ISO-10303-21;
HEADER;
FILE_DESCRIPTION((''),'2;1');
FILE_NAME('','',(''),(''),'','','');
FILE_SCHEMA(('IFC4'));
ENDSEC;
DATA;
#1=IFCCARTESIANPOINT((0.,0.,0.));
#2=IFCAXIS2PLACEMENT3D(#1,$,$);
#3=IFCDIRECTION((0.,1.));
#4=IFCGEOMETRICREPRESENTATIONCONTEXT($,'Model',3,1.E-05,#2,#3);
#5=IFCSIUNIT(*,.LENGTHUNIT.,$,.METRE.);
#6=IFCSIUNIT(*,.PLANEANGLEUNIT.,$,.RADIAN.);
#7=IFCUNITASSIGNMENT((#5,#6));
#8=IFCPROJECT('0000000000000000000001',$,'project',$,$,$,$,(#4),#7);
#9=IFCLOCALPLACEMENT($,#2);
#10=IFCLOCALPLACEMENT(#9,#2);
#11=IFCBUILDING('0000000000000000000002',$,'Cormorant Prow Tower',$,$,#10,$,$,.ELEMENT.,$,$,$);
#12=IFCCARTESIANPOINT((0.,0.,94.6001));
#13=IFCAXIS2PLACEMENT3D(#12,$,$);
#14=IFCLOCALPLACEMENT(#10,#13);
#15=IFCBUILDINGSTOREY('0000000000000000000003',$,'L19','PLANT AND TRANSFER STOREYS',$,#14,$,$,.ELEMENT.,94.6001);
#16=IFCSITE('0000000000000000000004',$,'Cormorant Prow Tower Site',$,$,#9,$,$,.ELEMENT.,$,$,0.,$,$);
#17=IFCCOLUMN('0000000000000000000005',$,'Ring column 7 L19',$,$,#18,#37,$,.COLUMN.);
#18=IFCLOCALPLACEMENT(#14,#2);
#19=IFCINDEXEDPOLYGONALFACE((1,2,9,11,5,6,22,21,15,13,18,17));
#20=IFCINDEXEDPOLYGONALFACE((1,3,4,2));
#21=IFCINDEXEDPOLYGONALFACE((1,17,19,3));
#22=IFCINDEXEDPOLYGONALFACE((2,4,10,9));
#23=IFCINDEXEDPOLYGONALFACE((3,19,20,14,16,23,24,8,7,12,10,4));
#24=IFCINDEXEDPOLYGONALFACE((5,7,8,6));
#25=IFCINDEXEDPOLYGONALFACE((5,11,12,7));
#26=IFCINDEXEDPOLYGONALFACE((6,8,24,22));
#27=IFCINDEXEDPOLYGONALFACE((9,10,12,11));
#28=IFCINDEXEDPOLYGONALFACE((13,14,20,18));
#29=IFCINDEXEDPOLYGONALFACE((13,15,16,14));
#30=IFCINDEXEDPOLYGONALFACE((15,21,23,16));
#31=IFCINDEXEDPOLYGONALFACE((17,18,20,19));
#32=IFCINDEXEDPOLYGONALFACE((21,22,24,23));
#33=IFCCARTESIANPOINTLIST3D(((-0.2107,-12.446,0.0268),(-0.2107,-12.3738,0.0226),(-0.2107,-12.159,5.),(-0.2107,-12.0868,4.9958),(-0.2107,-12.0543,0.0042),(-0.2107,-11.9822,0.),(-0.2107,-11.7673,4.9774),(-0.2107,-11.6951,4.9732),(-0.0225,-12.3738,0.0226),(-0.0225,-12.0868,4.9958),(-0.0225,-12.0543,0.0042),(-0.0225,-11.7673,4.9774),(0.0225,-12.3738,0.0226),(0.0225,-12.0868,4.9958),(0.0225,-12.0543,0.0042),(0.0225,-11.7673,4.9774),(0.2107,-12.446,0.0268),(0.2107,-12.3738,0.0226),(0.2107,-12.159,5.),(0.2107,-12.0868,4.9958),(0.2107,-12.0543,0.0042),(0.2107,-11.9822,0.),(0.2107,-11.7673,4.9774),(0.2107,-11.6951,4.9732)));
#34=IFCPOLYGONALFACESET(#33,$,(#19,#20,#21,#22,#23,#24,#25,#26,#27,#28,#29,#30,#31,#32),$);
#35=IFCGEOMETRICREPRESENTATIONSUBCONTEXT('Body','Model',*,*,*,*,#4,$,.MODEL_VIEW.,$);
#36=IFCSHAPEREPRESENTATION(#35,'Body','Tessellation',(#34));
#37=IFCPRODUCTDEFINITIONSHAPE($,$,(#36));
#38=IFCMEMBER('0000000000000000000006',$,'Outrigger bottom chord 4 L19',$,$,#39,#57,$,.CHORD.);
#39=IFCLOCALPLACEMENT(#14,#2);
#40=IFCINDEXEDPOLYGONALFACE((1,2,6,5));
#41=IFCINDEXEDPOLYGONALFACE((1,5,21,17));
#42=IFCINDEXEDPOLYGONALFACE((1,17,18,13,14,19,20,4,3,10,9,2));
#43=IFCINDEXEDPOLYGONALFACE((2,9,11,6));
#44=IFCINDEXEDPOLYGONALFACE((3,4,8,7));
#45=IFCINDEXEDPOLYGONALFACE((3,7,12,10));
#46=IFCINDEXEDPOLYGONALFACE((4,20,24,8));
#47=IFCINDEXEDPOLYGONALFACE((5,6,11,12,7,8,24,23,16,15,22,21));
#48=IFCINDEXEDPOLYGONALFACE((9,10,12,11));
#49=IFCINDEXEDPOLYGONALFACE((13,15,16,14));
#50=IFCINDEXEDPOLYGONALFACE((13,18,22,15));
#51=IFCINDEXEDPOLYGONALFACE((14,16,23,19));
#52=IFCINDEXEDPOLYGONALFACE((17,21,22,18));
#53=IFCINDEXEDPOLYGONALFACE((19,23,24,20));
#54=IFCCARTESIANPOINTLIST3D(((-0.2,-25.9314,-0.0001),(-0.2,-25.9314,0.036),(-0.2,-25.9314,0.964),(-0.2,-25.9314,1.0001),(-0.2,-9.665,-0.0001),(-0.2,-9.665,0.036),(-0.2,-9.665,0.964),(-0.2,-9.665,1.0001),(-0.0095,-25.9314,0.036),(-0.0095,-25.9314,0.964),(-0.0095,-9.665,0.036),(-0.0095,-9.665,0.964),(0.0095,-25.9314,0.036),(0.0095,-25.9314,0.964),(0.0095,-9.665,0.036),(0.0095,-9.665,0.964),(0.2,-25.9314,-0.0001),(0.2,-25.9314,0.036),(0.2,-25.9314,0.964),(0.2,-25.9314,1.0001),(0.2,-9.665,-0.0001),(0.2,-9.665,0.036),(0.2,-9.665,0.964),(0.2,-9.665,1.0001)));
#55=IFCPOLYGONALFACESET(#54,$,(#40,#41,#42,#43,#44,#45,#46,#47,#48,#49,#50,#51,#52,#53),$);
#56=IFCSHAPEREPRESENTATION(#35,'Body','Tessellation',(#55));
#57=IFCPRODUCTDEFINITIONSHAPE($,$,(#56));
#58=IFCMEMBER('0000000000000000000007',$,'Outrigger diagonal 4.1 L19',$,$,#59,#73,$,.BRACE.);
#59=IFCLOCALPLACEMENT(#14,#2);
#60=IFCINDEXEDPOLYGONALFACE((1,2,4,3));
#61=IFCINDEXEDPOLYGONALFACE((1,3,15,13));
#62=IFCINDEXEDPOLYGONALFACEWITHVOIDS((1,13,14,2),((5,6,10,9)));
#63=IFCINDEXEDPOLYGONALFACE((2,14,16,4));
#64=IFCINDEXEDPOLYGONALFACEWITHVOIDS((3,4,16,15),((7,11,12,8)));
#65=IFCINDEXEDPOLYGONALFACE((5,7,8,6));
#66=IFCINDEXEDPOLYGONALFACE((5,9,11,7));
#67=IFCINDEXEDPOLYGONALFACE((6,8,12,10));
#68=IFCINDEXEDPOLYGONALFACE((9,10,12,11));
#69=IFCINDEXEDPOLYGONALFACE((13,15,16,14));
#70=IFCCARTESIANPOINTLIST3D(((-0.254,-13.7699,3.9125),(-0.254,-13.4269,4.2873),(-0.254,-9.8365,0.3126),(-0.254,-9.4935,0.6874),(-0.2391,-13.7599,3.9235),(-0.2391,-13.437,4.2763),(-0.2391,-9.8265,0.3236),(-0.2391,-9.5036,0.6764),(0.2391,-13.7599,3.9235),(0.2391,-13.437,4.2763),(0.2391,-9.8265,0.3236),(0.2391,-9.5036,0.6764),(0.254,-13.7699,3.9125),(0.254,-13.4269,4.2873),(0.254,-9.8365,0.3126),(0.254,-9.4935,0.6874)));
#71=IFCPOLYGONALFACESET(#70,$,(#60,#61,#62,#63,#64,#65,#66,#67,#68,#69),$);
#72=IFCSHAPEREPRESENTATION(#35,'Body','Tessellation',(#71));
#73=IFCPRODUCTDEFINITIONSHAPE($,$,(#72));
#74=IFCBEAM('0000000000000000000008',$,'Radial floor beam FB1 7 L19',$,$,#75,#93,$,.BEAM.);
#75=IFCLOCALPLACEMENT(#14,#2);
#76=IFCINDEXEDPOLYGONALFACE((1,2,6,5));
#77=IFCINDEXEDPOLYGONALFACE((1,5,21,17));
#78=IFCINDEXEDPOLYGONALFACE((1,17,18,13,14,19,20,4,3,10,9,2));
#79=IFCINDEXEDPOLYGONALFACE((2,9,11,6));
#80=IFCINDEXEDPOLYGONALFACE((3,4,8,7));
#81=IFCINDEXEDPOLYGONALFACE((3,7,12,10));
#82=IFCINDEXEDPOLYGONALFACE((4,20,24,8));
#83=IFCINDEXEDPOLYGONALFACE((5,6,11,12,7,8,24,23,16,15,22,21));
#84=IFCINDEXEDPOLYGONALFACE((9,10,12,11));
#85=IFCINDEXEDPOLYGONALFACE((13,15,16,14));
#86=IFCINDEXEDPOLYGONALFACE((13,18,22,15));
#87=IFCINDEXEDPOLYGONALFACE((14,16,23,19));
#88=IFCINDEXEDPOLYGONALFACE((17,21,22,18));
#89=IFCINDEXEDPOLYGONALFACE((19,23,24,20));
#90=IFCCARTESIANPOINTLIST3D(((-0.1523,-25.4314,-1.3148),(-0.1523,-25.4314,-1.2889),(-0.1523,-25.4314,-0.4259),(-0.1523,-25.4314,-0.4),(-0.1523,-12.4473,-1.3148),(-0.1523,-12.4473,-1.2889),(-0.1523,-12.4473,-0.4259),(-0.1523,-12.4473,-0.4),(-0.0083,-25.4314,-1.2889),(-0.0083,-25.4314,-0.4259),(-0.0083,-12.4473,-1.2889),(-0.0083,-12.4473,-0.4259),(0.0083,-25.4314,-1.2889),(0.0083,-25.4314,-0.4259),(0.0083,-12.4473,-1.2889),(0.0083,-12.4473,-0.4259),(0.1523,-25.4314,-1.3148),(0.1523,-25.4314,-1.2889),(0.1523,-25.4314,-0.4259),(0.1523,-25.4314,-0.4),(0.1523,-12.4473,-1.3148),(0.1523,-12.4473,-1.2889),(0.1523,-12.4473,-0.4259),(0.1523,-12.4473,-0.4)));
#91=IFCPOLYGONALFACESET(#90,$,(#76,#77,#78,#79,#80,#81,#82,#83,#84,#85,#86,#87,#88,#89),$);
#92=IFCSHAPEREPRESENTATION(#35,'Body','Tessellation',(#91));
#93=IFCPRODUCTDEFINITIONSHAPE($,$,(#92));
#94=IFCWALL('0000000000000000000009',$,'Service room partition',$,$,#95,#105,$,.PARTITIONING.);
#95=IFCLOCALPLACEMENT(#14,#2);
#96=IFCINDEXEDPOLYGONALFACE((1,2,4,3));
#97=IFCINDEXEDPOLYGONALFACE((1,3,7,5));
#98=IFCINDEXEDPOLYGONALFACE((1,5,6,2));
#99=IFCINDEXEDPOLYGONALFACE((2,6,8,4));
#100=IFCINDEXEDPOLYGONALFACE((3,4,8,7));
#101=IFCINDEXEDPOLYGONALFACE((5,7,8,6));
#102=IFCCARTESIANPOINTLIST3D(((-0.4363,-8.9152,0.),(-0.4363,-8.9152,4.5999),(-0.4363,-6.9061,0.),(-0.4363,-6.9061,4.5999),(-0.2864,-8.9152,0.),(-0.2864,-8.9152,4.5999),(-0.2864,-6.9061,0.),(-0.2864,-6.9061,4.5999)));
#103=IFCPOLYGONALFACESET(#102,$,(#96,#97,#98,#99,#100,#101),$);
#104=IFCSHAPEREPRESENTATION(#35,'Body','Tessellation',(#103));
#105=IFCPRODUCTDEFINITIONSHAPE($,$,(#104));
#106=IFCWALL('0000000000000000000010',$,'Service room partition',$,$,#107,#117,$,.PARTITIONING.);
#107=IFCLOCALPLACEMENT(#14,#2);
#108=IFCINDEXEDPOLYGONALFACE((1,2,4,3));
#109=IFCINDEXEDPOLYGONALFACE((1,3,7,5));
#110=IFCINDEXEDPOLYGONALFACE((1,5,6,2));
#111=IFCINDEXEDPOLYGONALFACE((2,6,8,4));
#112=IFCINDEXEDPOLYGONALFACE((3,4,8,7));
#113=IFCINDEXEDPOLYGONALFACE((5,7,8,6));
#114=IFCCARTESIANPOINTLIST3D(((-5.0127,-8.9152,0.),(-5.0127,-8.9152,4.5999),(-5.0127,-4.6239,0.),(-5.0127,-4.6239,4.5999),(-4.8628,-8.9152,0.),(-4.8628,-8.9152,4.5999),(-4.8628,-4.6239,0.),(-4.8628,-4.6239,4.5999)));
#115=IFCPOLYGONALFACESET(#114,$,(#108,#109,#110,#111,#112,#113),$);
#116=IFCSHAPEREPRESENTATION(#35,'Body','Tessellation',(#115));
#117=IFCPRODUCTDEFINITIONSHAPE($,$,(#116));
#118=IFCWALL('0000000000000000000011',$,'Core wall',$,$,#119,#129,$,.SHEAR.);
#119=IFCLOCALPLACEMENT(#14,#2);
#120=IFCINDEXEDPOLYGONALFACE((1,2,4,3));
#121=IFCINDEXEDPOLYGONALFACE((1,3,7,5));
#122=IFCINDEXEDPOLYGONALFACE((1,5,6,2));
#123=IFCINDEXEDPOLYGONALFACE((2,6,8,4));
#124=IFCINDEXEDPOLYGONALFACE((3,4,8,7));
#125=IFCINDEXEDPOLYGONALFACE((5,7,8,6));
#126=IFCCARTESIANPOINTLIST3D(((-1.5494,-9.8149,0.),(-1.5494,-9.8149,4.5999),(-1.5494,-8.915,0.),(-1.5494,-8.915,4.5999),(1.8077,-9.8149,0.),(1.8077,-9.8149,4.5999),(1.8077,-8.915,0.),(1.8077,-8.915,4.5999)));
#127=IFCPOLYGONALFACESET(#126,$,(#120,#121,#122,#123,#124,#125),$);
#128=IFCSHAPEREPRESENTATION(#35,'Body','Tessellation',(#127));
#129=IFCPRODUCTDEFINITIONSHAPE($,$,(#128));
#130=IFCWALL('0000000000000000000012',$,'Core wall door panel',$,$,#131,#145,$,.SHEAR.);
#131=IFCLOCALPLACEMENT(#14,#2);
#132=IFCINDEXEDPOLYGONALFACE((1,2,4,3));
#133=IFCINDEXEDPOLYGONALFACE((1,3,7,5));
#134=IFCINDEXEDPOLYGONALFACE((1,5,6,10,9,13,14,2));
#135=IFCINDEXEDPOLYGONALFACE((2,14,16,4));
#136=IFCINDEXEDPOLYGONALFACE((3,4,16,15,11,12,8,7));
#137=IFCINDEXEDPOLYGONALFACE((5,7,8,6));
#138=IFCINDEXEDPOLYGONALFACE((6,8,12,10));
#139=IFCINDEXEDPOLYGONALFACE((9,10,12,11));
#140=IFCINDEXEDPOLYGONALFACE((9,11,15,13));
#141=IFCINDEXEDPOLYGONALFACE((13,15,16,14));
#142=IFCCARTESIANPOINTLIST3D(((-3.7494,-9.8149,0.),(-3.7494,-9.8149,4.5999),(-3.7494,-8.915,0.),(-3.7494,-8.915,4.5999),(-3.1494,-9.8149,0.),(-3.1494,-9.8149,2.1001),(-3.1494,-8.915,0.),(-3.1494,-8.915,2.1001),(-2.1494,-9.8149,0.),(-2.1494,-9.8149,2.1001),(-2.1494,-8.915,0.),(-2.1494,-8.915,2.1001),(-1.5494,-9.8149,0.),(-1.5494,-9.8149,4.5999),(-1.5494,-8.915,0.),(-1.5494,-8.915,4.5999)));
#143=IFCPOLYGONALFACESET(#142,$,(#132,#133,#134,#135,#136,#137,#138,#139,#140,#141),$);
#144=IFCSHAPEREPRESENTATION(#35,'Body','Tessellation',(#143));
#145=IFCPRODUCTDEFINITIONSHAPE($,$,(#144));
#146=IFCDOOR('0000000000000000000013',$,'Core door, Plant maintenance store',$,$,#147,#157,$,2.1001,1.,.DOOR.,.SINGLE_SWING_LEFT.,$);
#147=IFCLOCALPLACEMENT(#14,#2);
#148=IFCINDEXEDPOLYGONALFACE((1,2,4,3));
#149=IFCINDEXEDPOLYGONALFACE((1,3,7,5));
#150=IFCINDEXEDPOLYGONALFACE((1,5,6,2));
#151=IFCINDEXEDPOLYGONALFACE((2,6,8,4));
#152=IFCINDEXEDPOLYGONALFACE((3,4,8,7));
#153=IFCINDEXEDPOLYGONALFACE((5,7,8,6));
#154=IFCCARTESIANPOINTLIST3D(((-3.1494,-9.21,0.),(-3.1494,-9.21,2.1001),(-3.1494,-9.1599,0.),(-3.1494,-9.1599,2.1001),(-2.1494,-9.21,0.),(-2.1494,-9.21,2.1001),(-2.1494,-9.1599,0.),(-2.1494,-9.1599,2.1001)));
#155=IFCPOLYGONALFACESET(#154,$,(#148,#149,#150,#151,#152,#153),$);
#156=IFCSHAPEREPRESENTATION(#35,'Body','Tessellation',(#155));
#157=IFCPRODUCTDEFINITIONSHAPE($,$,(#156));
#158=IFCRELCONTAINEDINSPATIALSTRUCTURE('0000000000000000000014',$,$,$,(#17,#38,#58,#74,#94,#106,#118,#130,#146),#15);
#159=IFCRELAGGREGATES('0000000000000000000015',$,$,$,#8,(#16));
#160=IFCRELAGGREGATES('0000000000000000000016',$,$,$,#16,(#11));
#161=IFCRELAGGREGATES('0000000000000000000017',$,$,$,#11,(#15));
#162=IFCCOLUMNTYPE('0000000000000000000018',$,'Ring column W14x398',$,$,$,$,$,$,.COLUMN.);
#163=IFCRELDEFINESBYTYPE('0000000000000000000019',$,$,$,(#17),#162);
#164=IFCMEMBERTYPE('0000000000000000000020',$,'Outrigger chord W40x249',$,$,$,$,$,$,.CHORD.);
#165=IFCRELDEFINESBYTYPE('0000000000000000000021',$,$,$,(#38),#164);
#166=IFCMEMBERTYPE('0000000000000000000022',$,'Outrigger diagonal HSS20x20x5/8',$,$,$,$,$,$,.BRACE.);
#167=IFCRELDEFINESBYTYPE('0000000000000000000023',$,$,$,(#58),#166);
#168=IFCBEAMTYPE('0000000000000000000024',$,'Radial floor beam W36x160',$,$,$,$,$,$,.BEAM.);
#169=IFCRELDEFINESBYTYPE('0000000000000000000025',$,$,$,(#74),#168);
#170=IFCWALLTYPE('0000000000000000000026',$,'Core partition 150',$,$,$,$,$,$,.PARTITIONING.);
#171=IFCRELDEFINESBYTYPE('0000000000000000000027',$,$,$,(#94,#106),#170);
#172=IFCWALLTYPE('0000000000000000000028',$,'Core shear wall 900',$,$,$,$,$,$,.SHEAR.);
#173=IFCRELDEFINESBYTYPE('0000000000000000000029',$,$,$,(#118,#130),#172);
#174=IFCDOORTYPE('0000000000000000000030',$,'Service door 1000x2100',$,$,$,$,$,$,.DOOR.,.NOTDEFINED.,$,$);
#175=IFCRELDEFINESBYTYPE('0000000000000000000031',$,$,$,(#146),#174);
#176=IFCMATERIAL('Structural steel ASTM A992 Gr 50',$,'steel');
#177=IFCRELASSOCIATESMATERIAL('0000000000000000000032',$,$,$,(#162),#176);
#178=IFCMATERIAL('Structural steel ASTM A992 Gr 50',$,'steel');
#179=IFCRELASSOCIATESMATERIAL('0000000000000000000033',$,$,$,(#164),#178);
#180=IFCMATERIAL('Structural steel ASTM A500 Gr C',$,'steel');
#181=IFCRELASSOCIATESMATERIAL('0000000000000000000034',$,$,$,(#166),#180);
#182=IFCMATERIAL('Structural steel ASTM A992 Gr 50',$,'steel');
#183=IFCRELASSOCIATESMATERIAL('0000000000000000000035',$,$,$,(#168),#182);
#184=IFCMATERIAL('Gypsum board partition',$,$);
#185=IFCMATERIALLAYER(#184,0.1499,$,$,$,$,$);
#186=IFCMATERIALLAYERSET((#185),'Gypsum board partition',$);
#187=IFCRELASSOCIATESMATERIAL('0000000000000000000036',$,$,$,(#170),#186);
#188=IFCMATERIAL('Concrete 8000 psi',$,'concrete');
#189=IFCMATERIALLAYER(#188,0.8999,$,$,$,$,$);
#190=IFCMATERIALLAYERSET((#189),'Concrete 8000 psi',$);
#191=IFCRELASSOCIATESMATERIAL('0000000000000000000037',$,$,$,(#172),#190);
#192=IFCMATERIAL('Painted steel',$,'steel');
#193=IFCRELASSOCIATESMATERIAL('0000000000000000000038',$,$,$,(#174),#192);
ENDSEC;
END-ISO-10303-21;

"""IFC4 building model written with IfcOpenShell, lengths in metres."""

from ifc_helpers import new_model, si_unit, direction, frame, frame_2d, origin, origin_2d, place, context, subcontext, project, spatial, rectangle, hollow_rectangle, i_section, extrude, material, layer, layer_set, material_profile, profile_set, type_object, element, fill, save


model = new_model("IFC4")

# Units and contexts
model_context = context("Model", 3, precision=1e-05, world=origin(), true_north=direction((0.0, 1.0)))
body_context = subcontext(model_context, "Body", "Model", "MODEL_VIEW")
ifc_project = project(units=[si_unit("LENGTHUNIT", "METRE"), si_unit("PLANEANGLEUNIT", "RADIAN")], contexts=[model_context])

# Site, building, storey
site_placement = place(None, origin())
site = spatial("IfcSite", under=ifc_project, at=site_placement, Name="Cormorant Prow Tower Site", CompositionType="ELEMENT", RefElevation=0.0)
building_placement = place(site_placement, origin())
building = spatial("IfcBuilding", under=site, at=building_placement, Name="Cormorant Prow Tower", CompositionType="ELEMENT")
storey_placement = place(building_placement, frame((0.0, 0.0, 94.6001)))
storey = spatial("IfcBuildingStorey", under=building, at=storey_placement, Name="L19", Description="PLANT AND TRANSFER STOREYS", CompositionType="ELEMENT", Elevation=94.6001)

# Column
ifc_material_1 = material(Name="Structural steel ASTM A992 Gr 50", Category="steel")
ifc_material_profile_1 = material_profile(ifc_material_1, i_section(OverallWidth=0.4214, OverallDepth=0.4646, WebThickness=0.0449, FlangeThickness=0.0723, at=origin_2d()), Name="W14x398")
ifc_profile_set_1 = profile_set([ifc_material_profile_1], Name="Structural steel ASTM A992 Gr 50")
column_type = type_object("IfcColumnType", Name="Ring column W14x398", PredefinedType="COLUMN", material=ifc_profile_set_1)
column_placement = place(storey_placement, frame((0.0, -12.2148, 0.0), z_axis=(0.0, 0.057619, 0.998339), x_axis=(-1.0, 0.0, 0.0)))
element("IfcColumn", 1, at=column_placement, inside=storey, type_object=column_type, Name="Ring column 7 L19", PredefinedType="COLUMN", context=body_context, shape_type="SweptSolid", body=[
    extrude(i_section(OverallWidth=0.4214, OverallDepth=0.4646, WebThickness=0.0449, FlangeThickness=0.0723, at=origin_2d()), frame((0.0, 0.0, 0.0134)), (0.0, 0.0, 1.0), 4.9814),
])

# Members
ifc_material_2 = material(Name="Structural steel ASTM A992 Gr 50", Category="steel")
ifc_material_profile_2 = material_profile(ifc_material_2, i_section(OverallWidth=0.3999, OverallDepth=1.0002, WebThickness=0.019, FlangeThickness=0.0361, at=origin_2d()), Name="W40x249")
ifc_profile_set_2 = profile_set([ifc_material_profile_2], Name="Structural steel ASTM A992 Gr 50")
member_type_1 = type_object("IfcMemberType", Name="Outrigger chord W40x249", PredefinedType="CHORD", material=ifc_profile_set_2)
member_1_placement = place(storey_placement, frame((0.0, -9.665, 0.5), z_axis=(0.0, -1.0, 0.0), x_axis=(1.0, 0.0, 0.0)))
element("IfcMember", 2, at=member_1_placement, inside=storey, type_object=member_type_1, Name="Outrigger bottom chord 4 L19", PredefinedType="CHORD", context=body_context, shape_type="SweptSolid", body=[
    extrude(i_section(OverallWidth=0.3999, OverallDepth=1.0002, WebThickness=0.019, FlangeThickness=0.0361, at=origin_2d()), origin(), (0.0, 0.0, 1.0), 16.2664),
])
ifc_material_3 = material(Name="Structural steel ASTM A500 Gr C", Category="steel")
ifc_material_profile_3 = material_profile(ifc_material_3, hollow_rectangle(XDim=0.5081, YDim=0.5081, WallThickness=0.0149, at=origin_2d()), Name="HSS20x20x5/8")
ifc_profile_set_3 = profile_set([ifc_material_profile_3], Name="Structural steel ASTM A500 Gr C")
member_type_2 = type_object("IfcMemberType", Name="Outrigger diagonal HSS20x20x5/8", PredefinedType="BRACE", material=ifc_profile_set_3)
member_2_placement = place(storey_placement, frame((0.0, -9.665, 0.5), z_axis=(0.0, -0.737688, 0.675142), x_axis=(1.0, 0.0, 0.0)))
element("IfcMember", 3, at=member_2_placement, inside=storey, type_object=member_type_2, Name="Outrigger diagonal 4.1 L19", PredefinedType="BRACE", context=body_context, shape_type="SweptSolid", body=[
    extrude(hollow_rectangle(XDim=0.5081, YDim=0.5081, WallThickness=0.0149, at=origin_2d()), origin(), (0.0, 0.0, 1.0), 5.332),
])

# Beam
ifc_material_4 = material(Name="Structural steel ASTM A992 Gr 50", Category="steel")
ifc_material_profile_4 = material_profile(ifc_material_4, i_section(OverallWidth=0.3047, OverallDepth=0.9148, WebThickness=0.0166, FlangeThickness=0.0259, at=origin_2d()), Name="W36x160")
ifc_profile_set_4 = profile_set([ifc_material_profile_4], Name="Structural steel ASTM A992 Gr 50")
beam_type = type_object("IfcBeamType", Name="Radial floor beam W36x160", PredefinedType="BEAM", material=ifc_profile_set_4)
beam_placement = place(storey_placement, frame((0.0, -12.4473, -0.8574), z_axis=(0.0, -1.0, 0.0), x_axis=(1.0, 0.0, 0.0)))
element("IfcBeam", 4, at=beam_placement, inside=storey, type_object=beam_type, Name="Radial floor beam FB1 7 L19", PredefinedType="BEAM", context=body_context, shape_type="SweptSolid", body=[
    extrude(i_section(OverallWidth=0.3047, OverallDepth=0.9148, WebThickness=0.0166, FlangeThickness=0.0259, at=origin_2d()), origin(), (0.0, 0.0, 1.0), 12.9841),
])

# Walls
ifc_material_5 = material(Name="Gypsum board partition")
ifc_layer_1 = layer(ifc_material_5, 0.1499)
ifc_layer_set_1 = layer_set([ifc_layer_1], Name="Gypsum board partition")
wall_type_1 = type_object("IfcWallType", Name="Core partition 150", PredefinedType="PARTITIONING", material=ifc_layer_set_1)
wall_1_placement = place(storey_placement, frame((-0.3613, -8.915, 0.0), z_axis=(0.0, 0.0, 1.0), x_axis=(0.0, 1.0, 0.0)))
element("IfcWall", 5, at=wall_1_placement, inside=storey, type_object=wall_type_1, Name="Service room partition", PredefinedType="PARTITIONING", context=body_context, shape_type="SweptSolid", body=[
    extrude(rectangle(XDim=2.009, YDim=0.1499, at=frame_2d((1.0044, 0.0))), origin(), (0.0, 0.0, 1.0), 4.5999),
])
wall_2_placement = place(storey_placement, frame((-4.9377, -8.915, 0.0), z_axis=(0.0, 0.0, 1.0), x_axis=(0.0, 1.0, 0.0)))
element("IfcWall", 6, at=wall_2_placement, inside=storey, type_object=wall_type_1, Name="Service room partition", PredefinedType="PARTITIONING", context=body_context, shape_type="SweptSolid", body=[
    extrude(rectangle(XDim=4.2913, YDim=0.1499, at=frame_2d((2.1455, 0.0))), origin(), (0.0, 0.0, 1.0), 4.5999),
])
ifc_material_6 = material(Name="Concrete 8000 psi", Category="concrete")
ifc_layer_2 = layer(ifc_material_6, 0.8999)
ifc_layer_set_2 = layer_set([ifc_layer_2], Name="Concrete 8000 psi")
wall_type_2 = type_object("IfcWallType", Name="Core shear wall 900", PredefinedType="SHEAR", material=ifc_layer_set_2)
wall_3_placement = place(storey_placement, frame((-1.5496, -9.365, 0.0), z_axis=(0.0, 0.0, 1.0), x_axis=(1.0, 0.0, 0.0)))
element("IfcWall", 7, at=wall_3_placement, inside=storey, type_object=wall_type_2, Name="Core wall", PredefinedType="SHEAR", context=body_context, shape_type="SweptSolid", body=[
    extrude(rectangle(XDim=3.3572, YDim=0.8999, at=frame_2d((1.6787, 0.0))), origin(), (0.0, 0.0, 1.0), 4.5999),
])

# Wall, opening, door
wall_4_placement = place(storey_placement, frame((-3.7495, -9.365, 0.0), z_axis=(0.0, 0.0, 1.0), x_axis=(1.0, 0.0, 0.0)))
wall_4 = element("IfcWall", 8, at=wall_4_placement, inside=storey, type_object=wall_type_2, Name="Core wall door panel", PredefinedType="SHEAR", context=body_context, shape_type="SweptSolid", body=[
    extrude(rectangle(XDim=2.2, YDim=0.8999, at=frame_2d((1.1001, 0.0))), origin(), (0.0, 0.0, 1.0), 4.5999),
])
opening_1_placement = place(wall_4_placement, frame((0.6001, 0.0, 0.0)))
opening_1 = element("IfcOpeningElement", 9, at=opening_1_placement, cuts=wall_4, PredefinedType="OPENING", context=body_context, shape_type="SweptSolid", body=[
    extrude(rectangle(XDim=1.0, YDim=2.1001, at=frame_2d((0.5, 1.05))), frame((0.0, 0.46, 0.0), z_axis=(0.0, -1.0, 0.0), x_axis=(1.0, 0.0, 0.0)), (0.0, 0.0, 1.0), 0.9199),
])
ifc_material_7 = material(Name="Painted steel", Category="steel")
door_type_1 = type_object("IfcDoorType", Name="Service door 1000x2100", OperationType="NOTDEFINED", PredefinedType="DOOR", material=ifc_material_7)
door_1_placement = place(opening_1_placement, origin())
door_1 = element("IfcDoor", 10, at=door_1_placement, inside=storey, type_object=door_type_1, Name="Core door, Plant maintenance store", OperationType="SINGLE_SWING_LEFT", OverallHeight=2.1001, OverallWidth=1.0, PredefinedType="DOOR", context=body_context, shape_type="SweptSolid", body=[
    extrude(rectangle(XDim=1.0, YDim=2.1001, at=frame_2d((0.5, 1.05))), frame((0.0, 0.2051, 0.0), z_axis=(0.0, -1.0, 0.0), x_axis=(1.0, 0.0, 0.0)), (0.0, 0.0, 1.0), 0.05),
])
fill(opening_1, door_1)

save(model, "model.ifc")
